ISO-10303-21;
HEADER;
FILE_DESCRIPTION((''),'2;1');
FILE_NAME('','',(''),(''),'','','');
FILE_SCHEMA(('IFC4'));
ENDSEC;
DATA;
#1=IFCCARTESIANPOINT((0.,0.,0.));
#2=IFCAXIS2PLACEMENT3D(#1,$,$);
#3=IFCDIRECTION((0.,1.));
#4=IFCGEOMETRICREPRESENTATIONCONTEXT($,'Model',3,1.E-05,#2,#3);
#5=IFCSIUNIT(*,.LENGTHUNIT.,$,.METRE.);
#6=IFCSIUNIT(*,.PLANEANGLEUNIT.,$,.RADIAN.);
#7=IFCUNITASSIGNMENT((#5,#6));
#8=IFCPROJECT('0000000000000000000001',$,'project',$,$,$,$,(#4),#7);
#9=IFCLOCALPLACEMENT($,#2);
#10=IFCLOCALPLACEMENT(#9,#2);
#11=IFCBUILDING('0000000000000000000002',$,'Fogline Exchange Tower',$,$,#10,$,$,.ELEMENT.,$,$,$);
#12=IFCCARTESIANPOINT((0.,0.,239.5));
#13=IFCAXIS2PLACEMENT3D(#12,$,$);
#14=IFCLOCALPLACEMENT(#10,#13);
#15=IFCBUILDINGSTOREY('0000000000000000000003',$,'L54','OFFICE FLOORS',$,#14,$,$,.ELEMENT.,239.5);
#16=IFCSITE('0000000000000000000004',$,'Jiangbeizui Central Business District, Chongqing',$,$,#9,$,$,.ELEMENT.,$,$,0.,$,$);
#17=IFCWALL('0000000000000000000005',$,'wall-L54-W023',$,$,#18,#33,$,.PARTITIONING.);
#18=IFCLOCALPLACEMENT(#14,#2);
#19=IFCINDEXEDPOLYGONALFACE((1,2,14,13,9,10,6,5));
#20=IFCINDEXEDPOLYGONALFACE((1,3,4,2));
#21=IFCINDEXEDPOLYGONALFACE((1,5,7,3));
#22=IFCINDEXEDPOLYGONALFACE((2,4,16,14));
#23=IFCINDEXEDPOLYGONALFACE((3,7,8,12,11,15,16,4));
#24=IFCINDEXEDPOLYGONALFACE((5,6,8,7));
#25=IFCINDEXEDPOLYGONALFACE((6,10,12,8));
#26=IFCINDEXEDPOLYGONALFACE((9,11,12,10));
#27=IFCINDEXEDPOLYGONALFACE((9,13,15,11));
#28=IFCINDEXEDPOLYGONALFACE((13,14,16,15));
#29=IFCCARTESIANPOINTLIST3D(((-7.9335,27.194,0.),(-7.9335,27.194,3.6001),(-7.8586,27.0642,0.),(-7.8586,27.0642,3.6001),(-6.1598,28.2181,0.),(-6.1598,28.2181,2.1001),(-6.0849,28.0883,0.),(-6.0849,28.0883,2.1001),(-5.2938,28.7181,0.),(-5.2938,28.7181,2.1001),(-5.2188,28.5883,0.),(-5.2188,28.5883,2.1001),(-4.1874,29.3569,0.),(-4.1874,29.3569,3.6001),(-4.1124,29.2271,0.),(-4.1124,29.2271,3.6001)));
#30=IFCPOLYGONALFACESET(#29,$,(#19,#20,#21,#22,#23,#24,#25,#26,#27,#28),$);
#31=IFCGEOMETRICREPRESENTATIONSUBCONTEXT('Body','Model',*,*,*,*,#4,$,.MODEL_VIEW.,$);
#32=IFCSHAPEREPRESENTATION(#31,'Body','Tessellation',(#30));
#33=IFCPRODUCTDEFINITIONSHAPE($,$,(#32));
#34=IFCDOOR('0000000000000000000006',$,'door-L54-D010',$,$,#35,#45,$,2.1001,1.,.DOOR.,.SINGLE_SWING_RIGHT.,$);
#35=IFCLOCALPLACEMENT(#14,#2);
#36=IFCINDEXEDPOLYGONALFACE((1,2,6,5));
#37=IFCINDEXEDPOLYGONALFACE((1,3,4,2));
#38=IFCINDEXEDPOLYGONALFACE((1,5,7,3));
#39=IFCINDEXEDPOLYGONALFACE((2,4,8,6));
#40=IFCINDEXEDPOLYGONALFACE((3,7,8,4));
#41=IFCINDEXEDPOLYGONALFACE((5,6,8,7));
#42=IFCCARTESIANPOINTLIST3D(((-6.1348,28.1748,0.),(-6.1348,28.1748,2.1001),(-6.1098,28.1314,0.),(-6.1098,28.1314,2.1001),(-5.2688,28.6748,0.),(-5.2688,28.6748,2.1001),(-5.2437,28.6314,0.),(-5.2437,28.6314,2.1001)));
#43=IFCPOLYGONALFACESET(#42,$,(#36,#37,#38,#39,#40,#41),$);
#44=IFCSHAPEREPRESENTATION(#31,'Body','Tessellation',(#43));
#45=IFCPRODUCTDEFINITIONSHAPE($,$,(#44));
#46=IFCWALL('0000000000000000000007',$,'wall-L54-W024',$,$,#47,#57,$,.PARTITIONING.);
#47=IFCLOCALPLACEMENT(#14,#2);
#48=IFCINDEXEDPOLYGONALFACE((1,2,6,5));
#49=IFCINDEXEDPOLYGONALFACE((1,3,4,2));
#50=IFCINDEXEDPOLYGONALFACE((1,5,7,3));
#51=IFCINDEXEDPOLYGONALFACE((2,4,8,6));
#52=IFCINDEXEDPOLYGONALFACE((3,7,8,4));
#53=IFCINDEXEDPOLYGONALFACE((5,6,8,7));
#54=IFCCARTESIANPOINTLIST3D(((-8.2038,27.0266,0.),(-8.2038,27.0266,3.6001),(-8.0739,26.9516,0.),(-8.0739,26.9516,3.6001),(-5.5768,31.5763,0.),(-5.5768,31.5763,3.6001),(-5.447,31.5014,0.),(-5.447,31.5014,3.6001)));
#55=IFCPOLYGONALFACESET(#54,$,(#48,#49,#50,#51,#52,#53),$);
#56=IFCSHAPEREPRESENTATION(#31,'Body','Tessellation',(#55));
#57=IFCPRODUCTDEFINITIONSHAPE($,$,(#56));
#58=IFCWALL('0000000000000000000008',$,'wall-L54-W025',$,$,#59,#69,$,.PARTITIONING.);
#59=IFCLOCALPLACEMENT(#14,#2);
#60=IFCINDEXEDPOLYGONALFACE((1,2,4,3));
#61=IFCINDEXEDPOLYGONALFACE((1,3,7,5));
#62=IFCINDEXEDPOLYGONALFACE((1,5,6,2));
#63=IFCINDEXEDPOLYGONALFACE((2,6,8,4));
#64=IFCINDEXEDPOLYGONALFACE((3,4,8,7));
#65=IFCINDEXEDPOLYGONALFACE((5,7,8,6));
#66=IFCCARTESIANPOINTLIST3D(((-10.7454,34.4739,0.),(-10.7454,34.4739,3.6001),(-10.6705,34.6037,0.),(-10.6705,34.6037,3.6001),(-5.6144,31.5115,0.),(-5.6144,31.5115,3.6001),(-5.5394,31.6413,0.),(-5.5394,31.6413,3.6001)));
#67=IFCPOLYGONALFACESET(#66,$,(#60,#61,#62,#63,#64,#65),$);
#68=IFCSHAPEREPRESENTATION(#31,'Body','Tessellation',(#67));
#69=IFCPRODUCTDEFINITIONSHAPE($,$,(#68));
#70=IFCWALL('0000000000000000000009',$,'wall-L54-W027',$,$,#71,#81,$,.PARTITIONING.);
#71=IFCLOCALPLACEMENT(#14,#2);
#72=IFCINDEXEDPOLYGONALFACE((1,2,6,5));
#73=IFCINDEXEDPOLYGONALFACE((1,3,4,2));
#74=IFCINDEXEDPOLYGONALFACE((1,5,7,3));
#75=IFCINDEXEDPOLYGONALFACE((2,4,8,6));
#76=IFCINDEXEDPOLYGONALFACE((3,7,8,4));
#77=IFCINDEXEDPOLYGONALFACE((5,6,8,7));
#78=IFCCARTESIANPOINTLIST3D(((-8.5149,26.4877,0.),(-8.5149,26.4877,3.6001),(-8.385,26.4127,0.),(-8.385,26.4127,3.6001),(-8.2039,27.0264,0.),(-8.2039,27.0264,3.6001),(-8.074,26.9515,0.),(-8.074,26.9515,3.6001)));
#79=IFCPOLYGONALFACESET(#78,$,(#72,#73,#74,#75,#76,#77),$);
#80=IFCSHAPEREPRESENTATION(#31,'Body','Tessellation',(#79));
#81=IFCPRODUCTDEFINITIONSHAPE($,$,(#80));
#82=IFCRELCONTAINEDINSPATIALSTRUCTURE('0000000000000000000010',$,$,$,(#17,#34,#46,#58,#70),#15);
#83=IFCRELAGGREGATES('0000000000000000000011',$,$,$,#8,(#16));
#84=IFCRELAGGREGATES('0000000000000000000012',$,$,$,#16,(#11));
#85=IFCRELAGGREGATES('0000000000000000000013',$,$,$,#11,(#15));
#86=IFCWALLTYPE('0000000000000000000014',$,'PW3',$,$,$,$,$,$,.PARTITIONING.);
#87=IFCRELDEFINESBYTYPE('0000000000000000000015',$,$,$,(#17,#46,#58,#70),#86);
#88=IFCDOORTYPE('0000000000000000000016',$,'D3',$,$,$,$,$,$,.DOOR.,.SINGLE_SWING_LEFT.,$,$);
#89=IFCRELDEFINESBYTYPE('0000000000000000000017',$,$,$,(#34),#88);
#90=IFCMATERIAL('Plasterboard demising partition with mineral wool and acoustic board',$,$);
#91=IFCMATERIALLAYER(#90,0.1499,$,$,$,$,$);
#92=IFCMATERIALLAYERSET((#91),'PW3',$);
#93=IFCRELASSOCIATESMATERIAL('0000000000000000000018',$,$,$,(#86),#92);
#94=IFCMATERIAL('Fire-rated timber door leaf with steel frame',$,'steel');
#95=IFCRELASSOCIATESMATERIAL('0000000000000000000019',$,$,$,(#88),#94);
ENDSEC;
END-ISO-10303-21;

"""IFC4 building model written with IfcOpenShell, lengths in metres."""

from ifc_helpers import new_model, si_unit, direction, frame, frame_2d, origin, place, context, subcontext, project, spatial, rectangle, extrude, material, layer, layer_set, type_object, element, fill, save


model = new_model("IFC4")

# Units and contexts
model_context = context("Model", 3, precision=1e-05, world=origin(), true_north=direction((0.0, 1.0)))
body_context = subcontext(model_context, "Body", "Model", "MODEL_VIEW")
ifc_project = project(units=[si_unit("LENGTHUNIT", "METRE"), si_unit("PLANEANGLEUNIT", "RADIAN")], contexts=[model_context])

# Site, building, storey
site_placement = place(None, origin())
site = spatial("IfcSite", under=ifc_project, at=site_placement, Name="Jiangbeizui Central Business District, Chongqing", CompositionType="ELEMENT", RefElevation=0.0)
building_placement = place(site_placement, origin())
building = spatial("IfcBuilding", under=site, at=building_placement, Name="Fogline Exchange Tower", CompositionType="ELEMENT")
storey_placement = place(building_placement, frame((0.0, 0.0, 239.5)))
storey = spatial("IfcBuildingStorey", under=building, at=storey_placement, Name="L54", Description="OFFICE FLOORS", CompositionType="ELEMENT", Elevation=239.5)

# Wall, opening, door
ifc_material_1 = material(Name="Plasterboard demising partition with mineral wool and acoustic board")
ifc_layer_1 = layer(ifc_material_1, 0.1499)
ifc_layer_set_1 = layer_set([ifc_layer_1], Name="PW3")
wall_type_1 = type_object("IfcWallType", Name="PW3", PredefinedType="PARTITIONING", material=ifc_layer_set_1)
wall_1_placement = place(storey_placement, frame((-4.1499, 29.292, 0.0), z_axis=(0.0, 0.0, 1.0), x_axis=(-0.866022, -0.500006, 0.0)))
wall_1 = element("IfcWall", 1, at=wall_1_placement, inside=storey, type_object=wall_type_1, Name="wall-L54-W023", PredefinedType="PARTITIONING", context=body_context, shape_type="SweptSolid", body=[
    extrude(rectangle(XDim=4.3257, YDim=0.1499, at=frame_2d((2.1628, 0.0))), origin(), (0.0, 0.0, 1.0), 3.6001),
])
opening_1_placement = place(wall_1_placement, frame((1.2776, 0.0, 0.0)))
opening_1 = element("IfcOpeningElement", 2, at=opening_1_placement, cuts=wall_1, PredefinedType="OPENING", context=body_context, shape_type="SweptSolid", body=[
    extrude(rectangle(XDim=1.0, YDim=2.1001, at=frame_2d((0.5, 1.05))), frame((0.0, 0.085, 0.0), z_axis=(0.0, -1.0, 0.0), x_axis=(1.0, 0.0, 0.0)), (0.0, 0.0, 1.0), 0.1699),
])
ifc_material_2 = material(Name="Fire-rated timber door leaf with steel frame", Category="steel")
door_type_1 = type_object("IfcDoorType", Name="D3", OperationType="SINGLE_SWING_LEFT", PredefinedType="DOOR", material=ifc_material_2)
door_1_placement = place(opening_1_placement, frame((1.0, 0.0, 0.0), z_axis=(0.0, 0.0, 1.0), x_axis=(-1.0, 0.0, 0.0)))
door_1 = element("IfcDoor", 3, at=door_1_placement, inside=storey, type_object=door_type_1, Name="door-L54-D010", OperationType="SINGLE_SWING_RIGHT", OverallHeight=2.1001, OverallWidth=1.0, PredefinedType="DOOR", context=body_context, shape_type="SweptSolid", body=[
    extrude(rectangle(XDim=1.0, YDim=2.1001, at=frame_2d((0.5, 1.05))), frame((0.0, 0.0249, 0.0), z_axis=(0.0, -1.0, 0.0), x_axis=(1.0, 0.0, 0.0)), (0.0, 0.0, 1.0), 0.05),
])
fill(opening_1, door_1)

# Walls
wall_2_placement = place(storey_placement, frame((-8.1389, 26.989, 0.0), z_axis=(0.0, 0.0, 1.0), x_axis=(0.500017, 0.866015, 0.0)))
element("IfcWall", 4, at=wall_2_placement, inside=storey, type_object=wall_type_1, Name="wall-L54-W024", PredefinedType="PARTITIONING", context=body_context, shape_type="SweptSolid", body=[
    extrude(rectangle(XDim=5.2537, YDim=0.1499, at=frame_2d((2.627, 0.0))), origin(), (0.0, 0.0, 1.0), 3.6001),
])
wall_3_placement = place(storey_placement, frame((-5.5769, 31.5764, 0.0), z_axis=(0.0, 0.0, 1.0), x_axis=(-0.866028, 0.499995, 0.0)))
element("IfcWall", 5, at=wall_3_placement, inside=storey, type_object=wall_type_1, Name="wall-L54-W025", PredefinedType="PARTITIONING", context=body_context, shape_type="SweptSolid", body=[
    extrude(rectangle(XDim=5.9248, YDim=0.1499, at=frame_2d((2.9624, 0.0))), origin(), (0.0, 0.0, 1.0), 3.6001),
])
wall_4_placement = place(storey_placement, frame((-8.45, 26.4502, 0.0), z_axis=(0.0, 0.0, 1.0), x_axis=(0.499938, 0.866061, 0.0)))
element("IfcWall", 6, at=wall_4_placement, inside=storey, type_object=wall_type_1, Name="wall-L54-W027", PredefinedType="PARTITIONING", context=body_context, shape_type="SweptSolid", body=[
    extrude(rectangle(XDim=0.6221, YDim=0.1499, at=frame_2d((0.311, 0.0))), origin(), (0.0, 0.0, 1.0), 3.6001),
])

save(model, "model.ifc")
